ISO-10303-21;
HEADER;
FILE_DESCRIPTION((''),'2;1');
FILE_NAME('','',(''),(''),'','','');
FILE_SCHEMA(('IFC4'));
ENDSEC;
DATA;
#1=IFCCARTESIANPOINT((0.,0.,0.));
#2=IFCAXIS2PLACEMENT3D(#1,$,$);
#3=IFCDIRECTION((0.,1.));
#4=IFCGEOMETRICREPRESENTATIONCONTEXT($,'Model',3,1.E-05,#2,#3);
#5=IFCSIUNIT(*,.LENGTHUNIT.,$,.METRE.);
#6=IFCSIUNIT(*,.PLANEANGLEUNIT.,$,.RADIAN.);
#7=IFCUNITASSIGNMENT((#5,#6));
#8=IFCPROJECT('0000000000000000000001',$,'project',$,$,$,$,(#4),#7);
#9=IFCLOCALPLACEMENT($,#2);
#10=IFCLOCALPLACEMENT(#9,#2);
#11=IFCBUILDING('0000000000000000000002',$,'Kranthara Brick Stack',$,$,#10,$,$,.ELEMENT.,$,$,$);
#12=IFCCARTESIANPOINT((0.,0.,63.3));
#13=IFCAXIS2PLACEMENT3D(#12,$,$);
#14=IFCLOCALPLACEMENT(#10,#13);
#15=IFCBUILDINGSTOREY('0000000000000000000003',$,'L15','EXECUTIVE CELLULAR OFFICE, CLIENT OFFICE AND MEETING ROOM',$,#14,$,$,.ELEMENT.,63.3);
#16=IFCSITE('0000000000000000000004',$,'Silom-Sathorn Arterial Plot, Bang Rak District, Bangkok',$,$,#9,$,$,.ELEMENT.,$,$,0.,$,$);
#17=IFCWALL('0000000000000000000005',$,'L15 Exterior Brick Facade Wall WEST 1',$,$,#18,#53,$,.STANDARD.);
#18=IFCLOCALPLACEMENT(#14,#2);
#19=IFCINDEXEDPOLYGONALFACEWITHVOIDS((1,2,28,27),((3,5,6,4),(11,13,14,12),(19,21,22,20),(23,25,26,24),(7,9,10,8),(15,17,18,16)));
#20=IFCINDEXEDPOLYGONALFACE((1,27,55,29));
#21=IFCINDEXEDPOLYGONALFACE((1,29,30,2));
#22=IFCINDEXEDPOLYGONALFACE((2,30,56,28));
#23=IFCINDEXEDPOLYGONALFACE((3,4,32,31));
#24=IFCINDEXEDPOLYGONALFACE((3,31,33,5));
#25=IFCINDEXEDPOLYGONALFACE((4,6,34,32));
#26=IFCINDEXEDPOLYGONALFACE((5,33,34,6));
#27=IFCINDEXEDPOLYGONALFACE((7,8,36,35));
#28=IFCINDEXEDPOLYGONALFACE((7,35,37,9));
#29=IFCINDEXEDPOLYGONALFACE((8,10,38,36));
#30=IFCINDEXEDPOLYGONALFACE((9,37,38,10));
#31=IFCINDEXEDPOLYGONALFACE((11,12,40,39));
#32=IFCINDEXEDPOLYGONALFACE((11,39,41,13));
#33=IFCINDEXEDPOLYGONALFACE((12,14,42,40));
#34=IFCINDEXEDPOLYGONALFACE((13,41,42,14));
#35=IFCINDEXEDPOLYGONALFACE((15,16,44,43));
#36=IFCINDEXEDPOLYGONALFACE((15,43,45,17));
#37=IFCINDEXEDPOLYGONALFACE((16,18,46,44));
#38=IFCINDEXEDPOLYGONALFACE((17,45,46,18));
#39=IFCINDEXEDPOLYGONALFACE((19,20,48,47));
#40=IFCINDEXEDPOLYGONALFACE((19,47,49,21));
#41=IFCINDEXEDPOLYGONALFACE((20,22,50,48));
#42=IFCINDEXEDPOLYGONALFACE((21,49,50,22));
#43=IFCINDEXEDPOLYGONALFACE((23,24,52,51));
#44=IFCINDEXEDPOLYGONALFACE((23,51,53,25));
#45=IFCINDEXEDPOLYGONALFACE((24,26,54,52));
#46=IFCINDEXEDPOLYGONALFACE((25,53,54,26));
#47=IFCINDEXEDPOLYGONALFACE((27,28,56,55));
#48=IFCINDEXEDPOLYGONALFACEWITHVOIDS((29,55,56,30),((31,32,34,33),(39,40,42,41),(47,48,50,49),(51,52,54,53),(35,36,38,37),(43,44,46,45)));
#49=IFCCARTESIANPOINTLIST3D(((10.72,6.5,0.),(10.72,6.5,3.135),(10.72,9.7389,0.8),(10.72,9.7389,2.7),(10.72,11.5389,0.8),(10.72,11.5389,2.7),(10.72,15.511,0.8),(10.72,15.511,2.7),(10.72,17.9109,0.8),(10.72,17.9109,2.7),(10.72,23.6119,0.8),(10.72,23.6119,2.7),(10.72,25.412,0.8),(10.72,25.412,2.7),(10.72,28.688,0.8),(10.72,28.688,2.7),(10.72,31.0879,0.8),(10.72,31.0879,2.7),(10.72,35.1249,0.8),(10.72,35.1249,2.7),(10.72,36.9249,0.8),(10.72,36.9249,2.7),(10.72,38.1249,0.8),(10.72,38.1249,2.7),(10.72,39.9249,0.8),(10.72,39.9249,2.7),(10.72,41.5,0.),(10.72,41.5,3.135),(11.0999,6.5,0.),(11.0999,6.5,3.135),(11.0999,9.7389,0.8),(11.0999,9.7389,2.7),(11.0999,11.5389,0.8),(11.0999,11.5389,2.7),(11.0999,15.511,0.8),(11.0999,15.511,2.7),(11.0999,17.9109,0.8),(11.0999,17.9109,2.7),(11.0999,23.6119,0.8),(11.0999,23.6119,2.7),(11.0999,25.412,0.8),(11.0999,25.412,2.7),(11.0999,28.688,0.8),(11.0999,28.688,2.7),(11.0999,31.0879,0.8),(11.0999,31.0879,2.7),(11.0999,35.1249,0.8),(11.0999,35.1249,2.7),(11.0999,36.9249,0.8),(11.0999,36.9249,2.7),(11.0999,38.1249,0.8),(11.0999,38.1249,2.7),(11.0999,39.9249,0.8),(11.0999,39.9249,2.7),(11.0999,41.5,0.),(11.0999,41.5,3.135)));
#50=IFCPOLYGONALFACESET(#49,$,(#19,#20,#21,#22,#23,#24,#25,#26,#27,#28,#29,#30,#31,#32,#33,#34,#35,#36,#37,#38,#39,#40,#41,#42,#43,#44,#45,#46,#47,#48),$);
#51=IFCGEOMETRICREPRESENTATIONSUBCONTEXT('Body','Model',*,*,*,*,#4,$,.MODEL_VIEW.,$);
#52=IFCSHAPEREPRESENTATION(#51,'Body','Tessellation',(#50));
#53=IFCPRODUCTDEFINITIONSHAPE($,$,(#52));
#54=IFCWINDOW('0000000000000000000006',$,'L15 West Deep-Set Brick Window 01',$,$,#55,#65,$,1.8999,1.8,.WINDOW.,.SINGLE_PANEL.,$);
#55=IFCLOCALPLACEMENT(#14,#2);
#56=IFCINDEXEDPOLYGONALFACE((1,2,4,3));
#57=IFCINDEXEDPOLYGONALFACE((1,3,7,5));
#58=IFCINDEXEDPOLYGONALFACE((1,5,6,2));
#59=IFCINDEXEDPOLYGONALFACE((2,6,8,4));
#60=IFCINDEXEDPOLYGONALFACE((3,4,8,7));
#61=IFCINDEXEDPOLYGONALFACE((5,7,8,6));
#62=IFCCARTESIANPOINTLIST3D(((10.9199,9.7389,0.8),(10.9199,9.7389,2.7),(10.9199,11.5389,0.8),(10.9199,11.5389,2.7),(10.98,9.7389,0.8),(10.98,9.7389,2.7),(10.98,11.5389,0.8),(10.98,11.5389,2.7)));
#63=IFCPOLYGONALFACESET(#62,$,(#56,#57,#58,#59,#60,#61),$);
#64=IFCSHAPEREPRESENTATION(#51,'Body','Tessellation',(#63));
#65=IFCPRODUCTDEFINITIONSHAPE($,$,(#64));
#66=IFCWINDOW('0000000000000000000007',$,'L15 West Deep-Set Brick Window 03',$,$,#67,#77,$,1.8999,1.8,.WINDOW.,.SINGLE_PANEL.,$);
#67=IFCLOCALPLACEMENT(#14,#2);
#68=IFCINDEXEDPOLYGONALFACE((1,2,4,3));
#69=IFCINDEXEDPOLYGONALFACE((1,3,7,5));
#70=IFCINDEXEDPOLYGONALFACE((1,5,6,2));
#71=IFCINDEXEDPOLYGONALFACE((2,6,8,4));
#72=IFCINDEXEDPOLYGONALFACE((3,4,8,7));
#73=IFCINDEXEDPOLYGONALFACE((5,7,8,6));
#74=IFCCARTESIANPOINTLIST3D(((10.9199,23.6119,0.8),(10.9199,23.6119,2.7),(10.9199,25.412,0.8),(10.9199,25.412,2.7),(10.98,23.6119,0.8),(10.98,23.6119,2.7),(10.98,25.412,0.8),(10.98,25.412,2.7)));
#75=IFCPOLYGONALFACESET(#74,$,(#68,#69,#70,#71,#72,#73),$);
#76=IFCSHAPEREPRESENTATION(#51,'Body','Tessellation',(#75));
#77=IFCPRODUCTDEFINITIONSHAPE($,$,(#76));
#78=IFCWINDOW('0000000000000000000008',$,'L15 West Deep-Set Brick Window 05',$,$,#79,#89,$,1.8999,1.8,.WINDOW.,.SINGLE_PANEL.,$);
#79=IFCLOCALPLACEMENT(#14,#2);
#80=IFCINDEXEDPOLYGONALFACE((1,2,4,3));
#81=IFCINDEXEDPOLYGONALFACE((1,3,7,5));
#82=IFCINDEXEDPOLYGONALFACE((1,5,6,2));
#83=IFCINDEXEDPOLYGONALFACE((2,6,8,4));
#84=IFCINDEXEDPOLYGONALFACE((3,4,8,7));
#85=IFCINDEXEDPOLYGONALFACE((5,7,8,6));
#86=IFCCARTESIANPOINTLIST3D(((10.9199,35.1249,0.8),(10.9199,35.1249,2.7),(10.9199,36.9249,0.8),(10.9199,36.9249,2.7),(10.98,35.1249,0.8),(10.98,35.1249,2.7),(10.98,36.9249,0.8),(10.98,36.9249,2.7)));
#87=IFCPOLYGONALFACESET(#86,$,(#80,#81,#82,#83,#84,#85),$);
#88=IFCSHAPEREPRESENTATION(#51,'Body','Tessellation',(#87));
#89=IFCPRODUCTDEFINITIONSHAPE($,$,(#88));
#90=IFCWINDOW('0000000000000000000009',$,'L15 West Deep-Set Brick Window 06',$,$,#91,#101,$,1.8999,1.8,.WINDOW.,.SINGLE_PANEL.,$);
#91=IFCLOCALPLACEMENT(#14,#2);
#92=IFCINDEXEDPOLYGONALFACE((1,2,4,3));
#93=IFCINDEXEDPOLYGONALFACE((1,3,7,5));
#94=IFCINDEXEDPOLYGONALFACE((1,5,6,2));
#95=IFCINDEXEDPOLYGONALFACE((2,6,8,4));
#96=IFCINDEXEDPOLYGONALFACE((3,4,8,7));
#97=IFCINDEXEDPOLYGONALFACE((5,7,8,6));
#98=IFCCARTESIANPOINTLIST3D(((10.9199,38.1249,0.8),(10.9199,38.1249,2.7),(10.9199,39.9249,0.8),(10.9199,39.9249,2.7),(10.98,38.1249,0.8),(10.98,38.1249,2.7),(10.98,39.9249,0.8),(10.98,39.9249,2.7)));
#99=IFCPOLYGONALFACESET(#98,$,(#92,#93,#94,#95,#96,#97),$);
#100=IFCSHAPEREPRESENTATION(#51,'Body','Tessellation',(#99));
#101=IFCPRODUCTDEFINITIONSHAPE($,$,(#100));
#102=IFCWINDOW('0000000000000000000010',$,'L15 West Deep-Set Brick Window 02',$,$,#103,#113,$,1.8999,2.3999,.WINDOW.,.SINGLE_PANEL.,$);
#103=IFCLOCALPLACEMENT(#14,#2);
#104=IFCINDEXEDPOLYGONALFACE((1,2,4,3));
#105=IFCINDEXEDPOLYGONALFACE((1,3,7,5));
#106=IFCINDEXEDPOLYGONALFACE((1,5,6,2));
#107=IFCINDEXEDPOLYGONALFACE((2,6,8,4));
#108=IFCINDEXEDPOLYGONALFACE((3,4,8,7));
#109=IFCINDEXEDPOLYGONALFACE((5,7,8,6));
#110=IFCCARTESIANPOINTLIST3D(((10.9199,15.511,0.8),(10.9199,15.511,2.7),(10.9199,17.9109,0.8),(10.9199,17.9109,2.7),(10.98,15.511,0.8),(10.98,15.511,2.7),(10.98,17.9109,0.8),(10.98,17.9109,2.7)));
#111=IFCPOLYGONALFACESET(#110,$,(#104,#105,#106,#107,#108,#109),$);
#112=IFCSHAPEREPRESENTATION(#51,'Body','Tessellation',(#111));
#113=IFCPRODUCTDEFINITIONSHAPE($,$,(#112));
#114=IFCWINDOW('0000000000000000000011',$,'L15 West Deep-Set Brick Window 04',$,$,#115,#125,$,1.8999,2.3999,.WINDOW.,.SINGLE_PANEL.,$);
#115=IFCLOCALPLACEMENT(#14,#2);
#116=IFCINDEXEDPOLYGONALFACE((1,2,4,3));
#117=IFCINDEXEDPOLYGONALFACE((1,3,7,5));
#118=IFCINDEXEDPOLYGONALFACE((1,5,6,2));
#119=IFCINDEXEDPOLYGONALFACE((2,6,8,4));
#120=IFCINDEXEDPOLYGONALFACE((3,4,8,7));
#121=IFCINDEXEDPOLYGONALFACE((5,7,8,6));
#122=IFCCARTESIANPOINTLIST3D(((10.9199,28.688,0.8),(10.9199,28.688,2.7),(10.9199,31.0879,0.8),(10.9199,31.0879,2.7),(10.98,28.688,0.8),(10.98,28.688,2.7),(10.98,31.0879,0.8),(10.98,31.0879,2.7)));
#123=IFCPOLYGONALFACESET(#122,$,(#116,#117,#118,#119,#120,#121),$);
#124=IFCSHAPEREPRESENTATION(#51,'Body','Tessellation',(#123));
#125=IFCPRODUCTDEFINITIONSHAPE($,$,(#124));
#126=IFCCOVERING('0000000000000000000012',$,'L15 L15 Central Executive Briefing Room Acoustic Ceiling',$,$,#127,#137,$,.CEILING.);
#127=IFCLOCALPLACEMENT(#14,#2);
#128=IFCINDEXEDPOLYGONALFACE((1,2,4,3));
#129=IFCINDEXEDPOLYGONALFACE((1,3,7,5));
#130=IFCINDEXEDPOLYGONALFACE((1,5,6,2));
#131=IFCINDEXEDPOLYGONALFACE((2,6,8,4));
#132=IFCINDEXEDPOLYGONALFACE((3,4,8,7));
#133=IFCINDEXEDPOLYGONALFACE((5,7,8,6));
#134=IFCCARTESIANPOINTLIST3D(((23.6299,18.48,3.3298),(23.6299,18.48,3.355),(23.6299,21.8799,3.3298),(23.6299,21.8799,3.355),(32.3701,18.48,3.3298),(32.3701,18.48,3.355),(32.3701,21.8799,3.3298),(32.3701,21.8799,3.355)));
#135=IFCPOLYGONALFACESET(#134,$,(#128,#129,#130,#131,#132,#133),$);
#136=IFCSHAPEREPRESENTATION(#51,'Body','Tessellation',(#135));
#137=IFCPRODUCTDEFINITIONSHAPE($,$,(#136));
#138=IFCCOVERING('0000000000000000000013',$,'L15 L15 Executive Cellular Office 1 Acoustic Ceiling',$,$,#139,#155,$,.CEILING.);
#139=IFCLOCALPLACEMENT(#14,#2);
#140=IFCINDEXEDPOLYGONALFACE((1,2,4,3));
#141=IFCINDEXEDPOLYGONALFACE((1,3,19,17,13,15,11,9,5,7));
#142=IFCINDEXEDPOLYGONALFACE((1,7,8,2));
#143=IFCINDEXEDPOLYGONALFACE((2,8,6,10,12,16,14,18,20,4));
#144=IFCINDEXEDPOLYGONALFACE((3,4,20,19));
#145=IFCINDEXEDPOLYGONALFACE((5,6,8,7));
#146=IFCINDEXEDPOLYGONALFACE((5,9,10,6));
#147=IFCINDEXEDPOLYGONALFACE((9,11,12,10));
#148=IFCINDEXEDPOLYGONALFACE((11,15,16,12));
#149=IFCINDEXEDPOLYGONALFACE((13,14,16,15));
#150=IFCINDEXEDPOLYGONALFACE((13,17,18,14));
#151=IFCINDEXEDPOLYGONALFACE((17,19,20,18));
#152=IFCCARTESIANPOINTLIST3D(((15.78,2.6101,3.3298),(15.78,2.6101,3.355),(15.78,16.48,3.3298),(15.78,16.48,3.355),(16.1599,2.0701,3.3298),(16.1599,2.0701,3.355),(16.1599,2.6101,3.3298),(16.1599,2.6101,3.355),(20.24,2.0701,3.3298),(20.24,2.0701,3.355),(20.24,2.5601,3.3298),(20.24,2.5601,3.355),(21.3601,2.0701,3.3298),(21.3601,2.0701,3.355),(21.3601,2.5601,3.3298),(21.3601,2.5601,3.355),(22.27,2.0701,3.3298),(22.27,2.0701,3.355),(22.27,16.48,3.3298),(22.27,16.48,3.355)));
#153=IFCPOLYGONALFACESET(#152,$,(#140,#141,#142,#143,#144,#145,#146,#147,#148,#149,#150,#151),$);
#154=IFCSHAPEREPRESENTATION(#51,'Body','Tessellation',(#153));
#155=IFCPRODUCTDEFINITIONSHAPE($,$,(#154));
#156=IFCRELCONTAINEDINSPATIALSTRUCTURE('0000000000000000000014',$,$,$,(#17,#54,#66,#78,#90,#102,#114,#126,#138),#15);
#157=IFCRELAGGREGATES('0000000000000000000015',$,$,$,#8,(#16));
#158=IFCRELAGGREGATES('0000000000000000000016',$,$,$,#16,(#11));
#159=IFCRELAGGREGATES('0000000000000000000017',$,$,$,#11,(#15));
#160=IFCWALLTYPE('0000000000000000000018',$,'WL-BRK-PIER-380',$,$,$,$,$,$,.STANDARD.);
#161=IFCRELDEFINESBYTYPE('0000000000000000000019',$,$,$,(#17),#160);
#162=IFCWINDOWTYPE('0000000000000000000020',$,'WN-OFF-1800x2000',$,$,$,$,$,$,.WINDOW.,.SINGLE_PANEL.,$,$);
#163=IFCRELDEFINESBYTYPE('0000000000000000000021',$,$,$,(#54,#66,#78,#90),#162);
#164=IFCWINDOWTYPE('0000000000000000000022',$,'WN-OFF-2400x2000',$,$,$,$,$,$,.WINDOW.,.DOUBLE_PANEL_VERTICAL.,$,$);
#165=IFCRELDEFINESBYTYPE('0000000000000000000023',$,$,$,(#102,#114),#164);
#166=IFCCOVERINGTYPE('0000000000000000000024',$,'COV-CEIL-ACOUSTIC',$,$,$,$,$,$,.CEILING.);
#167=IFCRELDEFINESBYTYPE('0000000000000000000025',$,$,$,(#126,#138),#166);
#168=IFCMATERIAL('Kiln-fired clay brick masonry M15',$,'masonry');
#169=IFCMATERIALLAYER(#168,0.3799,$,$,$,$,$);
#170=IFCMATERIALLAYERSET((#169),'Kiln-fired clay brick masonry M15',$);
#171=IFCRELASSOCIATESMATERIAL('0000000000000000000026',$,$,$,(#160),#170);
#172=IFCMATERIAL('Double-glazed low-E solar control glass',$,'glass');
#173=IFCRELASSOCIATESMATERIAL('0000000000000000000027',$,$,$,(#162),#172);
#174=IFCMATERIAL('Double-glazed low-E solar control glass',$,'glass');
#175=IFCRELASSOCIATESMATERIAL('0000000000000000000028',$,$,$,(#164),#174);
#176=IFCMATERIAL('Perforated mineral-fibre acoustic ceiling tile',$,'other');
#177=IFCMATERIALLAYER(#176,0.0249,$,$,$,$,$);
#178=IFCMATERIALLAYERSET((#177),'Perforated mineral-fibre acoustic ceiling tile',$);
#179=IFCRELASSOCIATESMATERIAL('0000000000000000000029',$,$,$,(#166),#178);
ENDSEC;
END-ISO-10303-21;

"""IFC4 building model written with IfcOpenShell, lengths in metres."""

from ifc_helpers import new_model, si_unit, direction, frame, frame_2d, origin, place, context, subcontext, project, spatial, polyline, rectangle, outline, extrude, material, layer, layer_set, type_object, element, fill, save


model = new_model("IFC4")

# Units and contexts
model_context = context("Model", 3, precision=1e-05, world=origin(), true_north=direction((0.0, 1.0)))
body_context = subcontext(model_context, "Body", "Model", "MODEL_VIEW")
ifc_project = project(units=[si_unit("LENGTHUNIT", "METRE"), si_unit("PLANEANGLEUNIT", "RADIAN")], contexts=[model_context])

# Site, building, storey
site_placement = place(None, origin())
site = spatial("IfcSite", under=ifc_project, at=site_placement, Name="Silom-Sathorn Arterial Plot, Bang Rak District, Bangkok", CompositionType="ELEMENT", RefElevation=0.0)
building_placement = place(site_placement, origin())
building = spatial("IfcBuilding", under=site, at=building_placement, Name="Kranthara Brick Stack", CompositionType="ELEMENT")
storey_placement = place(building_placement, frame((0.0, 0.0, 63.3)))
storey = spatial("IfcBuildingStorey", under=building, at=storey_placement, Name="L15", Description="EXECUTIVE CELLULAR OFFICE, CLIENT OFFICE AND MEETING ROOM", CompositionType="ELEMENT", Elevation=63.3)

# Wall, openings, windows
ifc_material_1 = material(Name="Kiln-fired clay brick masonry M15", Category="masonry")
ifc_layer_1 = layer(ifc_material_1, 0.3799)
ifc_layer_set_1 = layer_set([ifc_layer_1], Name="Kiln-fired clay brick masonry M15")
wall_type = type_object("IfcWallType", Name="WL-BRK-PIER-380", PredefinedType="STANDARD", material=ifc_layer_set_1)
wall_placement = place(storey_placement, frame((10.9099, 6.5, 0.0), z_axis=(0.0, 0.0, 1.0), x_axis=(0.0, 1.0, 0.0)))
wall = element("IfcWall", 1, at=wall_placement, inside=storey, type_object=wall_type, Name="L15 Exterior Brick Facade Wall WEST 1", PredefinedType="STANDARD", context=body_context, shape_type="SweptSolid", body=[
    extrude(rectangle(XDim=35.0, YDim=0.3799, at=frame_2d((17.5, 0.0))), origin(), (0.0, 0.0, 1.0), 3.135),
])
opening_1_placement = place(wall_placement, frame((3.239, 0.0, 0.8)))
opening_1 = element("IfcOpeningElement", 2, at=opening_1_placement, cuts=wall, PredefinedType="OPENING", context=body_context, shape_type="SweptSolid", body=[
    extrude(rectangle(XDim=1.8, YDim=1.8999, at=frame_2d((0.8999, 0.95))), frame((0.0, 0.2, 0.0), z_axis=(0.0, -1.0, 0.0), x_axis=(1.0, 0.0, 0.0)), (0.0, 0.0, 1.0), 0.3999),
])
opening_2_placement = place(wall_placement, frame((9.011, 0.0, 0.8)))
opening_2 = element("IfcOpeningElement", 3, at=opening_2_placement, cuts=wall, PredefinedType="OPENING", context=body_context, shape_type="SweptSolid", body=[
    extrude(rectangle(XDim=2.3999, YDim=1.8999, at=frame_2d((1.2, 0.95))), frame((0.0, 0.2, 0.0), z_axis=(0.0, -1.0, 0.0), x_axis=(1.0, 0.0, 0.0)), (0.0, 0.0, 1.0), 0.3999),
])
opening_3_placement = place(wall_placement, frame((17.1121, 0.0, 0.8)))
opening_3 = element("IfcOpeningElement", 4, at=opening_3_placement, cuts=wall, PredefinedType="OPENING", context=body_context, shape_type="SweptSolid", body=[
    extrude(rectangle(XDim=1.8, YDim=1.8999, at=frame_2d((0.8999, 0.95))), frame((0.0, 0.2, 0.0), z_axis=(0.0, -1.0, 0.0), x_axis=(1.0, 0.0, 0.0)), (0.0, 0.0, 1.0), 0.3999),
])
opening_4_placement = place(wall_placement, frame((22.188, 0.0, 0.8)))
opening_4 = element("IfcOpeningElement", 5, at=opening_4_placement, cuts=wall, PredefinedType="OPENING", context=body_context, shape_type="SweptSolid", body=[
    extrude(rectangle(XDim=2.3999, YDim=1.8999, at=frame_2d((1.2, 0.95))), frame((0.0, 0.2, 0.0), z_axis=(0.0, -1.0, 0.0), x_axis=(1.0, 0.0, 0.0)), (0.0, 0.0, 1.0), 0.3999),
])
opening_5_placement = place(wall_placement, frame((28.625, 0.0, 0.8)))
opening_5 = element("IfcOpeningElement", 6, at=opening_5_placement, cuts=wall, PredefinedType="OPENING", context=body_context, shape_type="SweptSolid", body=[
    extrude(rectangle(XDim=1.8, YDim=1.8999, at=frame_2d((0.8999, 0.95))), frame((0.0, 0.2, 0.0), z_axis=(0.0, -1.0, 0.0), x_axis=(1.0, 0.0, 0.0)), (0.0, 0.0, 1.0), 0.3999),
])
opening_6_placement = place(wall_placement, frame((31.625, 0.0, 0.8)))
opening_6 = element("IfcOpeningElement", 7, at=opening_6_placement, cuts=wall, PredefinedType="OPENING", context=body_context, shape_type="SweptSolid", body=[
    extrude(rectangle(XDim=1.8, YDim=1.8999, at=frame_2d((0.8999, 0.95))), frame((0.0, 0.2, 0.0), z_axis=(0.0, -1.0, 0.0), x_axis=(1.0, 0.0, 0.0)), (0.0, 0.0, 1.0), 0.3999),
])
ifc_material_2 = material(Name="Double-glazed low-E solar control glass", Category="glass")
window_type_1 = type_object("IfcWindowType", Name="WN-OFF-1800x2000", PartitioningType="SINGLE_PANEL", PredefinedType="WINDOW", material=ifc_material_2)
window_1_placement = place(opening_1_placement, origin())
window_1 = element("IfcWindow", 8, at=window_1_placement, inside=storey, type_object=window_type_1, Name="L15 West Deep-Set Brick Window 01", OverallHeight=1.8999, OverallWidth=1.8, PartitioningType="SINGLE_PANEL", PredefinedType="WINDOW", context=body_context, shape_type="SweptSolid", body=[
    extrude(rectangle(XDim=1.8, YDim=1.8999, at=frame_2d((0.8999, 0.95))), frame((0.0, -0.01, 0.0), z_axis=(0.0, -1.0, 0.0), x_axis=(1.0, 0.0, 0.0)), (0.0, 0.0, 1.0), 0.0601),
])
fill(opening_1, window_1)
window_2_placement = place(opening_3_placement, origin())
window_2 = element("IfcWindow", 9, at=window_2_placement, inside=storey, type_object=window_type_1, Name="L15 West Deep-Set Brick Window 03", OverallHeight=1.8999, OverallWidth=1.8, PartitioningType="SINGLE_PANEL", PredefinedType="WINDOW", context=body_context, shape_type="SweptSolid", body=[
    extrude(rectangle(XDim=1.8, YDim=1.8999, at=frame_2d((0.8999, 0.95))), frame((0.0, -0.01, 0.0), z_axis=(0.0, -1.0, 0.0), x_axis=(1.0, 0.0, 0.0)), (0.0, 0.0, 1.0), 0.0601),
])
fill(opening_3, window_2)
window_3_placement = place(opening_5_placement, origin())
window_3 = element("IfcWindow", 10, at=window_3_placement, inside=storey, type_object=window_type_1, Name="L15 West Deep-Set Brick Window 05", OverallHeight=1.8999, OverallWidth=1.8, PartitioningType="SINGLE_PANEL", PredefinedType="WINDOW", context=body_context, shape_type="SweptSolid", body=[
    extrude(rectangle(XDim=1.8, YDim=1.8999, at=frame_2d((0.8999, 0.95))), frame((0.0, -0.01, 0.0), z_axis=(0.0, -1.0, 0.0), x_axis=(1.0, 0.0, 0.0)), (0.0, 0.0, 1.0), 0.0601),
])
fill(opening_5, window_3)
window_4_placement = place(opening_6_placement, origin())
window_4 = element("IfcWindow", 11, at=window_4_placement, inside=storey, type_object=window_type_1, Name="L15 West Deep-Set Brick Window 06", OverallHeight=1.8999, OverallWidth=1.8, PartitioningType="SINGLE_PANEL", PredefinedType="WINDOW", context=body_context, shape_type="SweptSolid", body=[
    extrude(rectangle(XDim=1.8, YDim=1.8999, at=frame_2d((0.8999, 0.95))), frame((0.0, -0.01, 0.0), z_axis=(0.0, -1.0, 0.0), x_axis=(1.0, 0.0, 0.0)), (0.0, 0.0, 1.0), 0.0601),
])
fill(opening_6, window_4)
ifc_material_3 = material(Name="Double-glazed low-E solar control glass", Category="glass")
window_type_2 = type_object("IfcWindowType", Name="WN-OFF-2400x2000", PartitioningType="DOUBLE_PANEL_VERTICAL", PredefinedType="WINDOW", material=ifc_material_3)
window_5_placement = place(opening_2_placement, origin())
window_5 = element("IfcWindow", 12, at=window_5_placement, inside=storey, type_object=window_type_2, Name="L15 West Deep-Set Brick Window 02", OverallHeight=1.8999, OverallWidth=2.3999, PartitioningType="SINGLE_PANEL", PredefinedType="WINDOW", context=body_context, shape_type="SweptSolid", body=[
    extrude(rectangle(XDim=2.3999, YDim=1.8999, at=frame_2d((1.2, 0.95))), frame((0.0, -0.01, 0.0), z_axis=(0.0, -1.0, 0.0), x_axis=(1.0, 0.0, 0.0)), (0.0, 0.0, 1.0), 0.0601),
])
fill(opening_2, window_5)
window_6_placement = place(opening_4_placement, origin())
window_6 = element("IfcWindow", 13, at=window_6_placement, inside=storey, type_object=window_type_2, Name="L15 West Deep-Set Brick Window 04", OverallHeight=1.8999, OverallWidth=2.3999, PartitioningType="SINGLE_PANEL", PredefinedType="WINDOW", context=body_context, shape_type="SweptSolid", body=[
    extrude(rectangle(XDim=2.3999, YDim=1.8999, at=frame_2d((1.2, 0.95))), frame((0.0, -0.01, 0.0), z_axis=(0.0, -1.0, 0.0), x_axis=(1.0, 0.0, 0.0)), (0.0, 0.0, 1.0), 0.0601),
])
fill(opening_4, window_6)

# Coverings
ifc_material_4 = material(Name="Perforated mineral-fibre acoustic ceiling tile", Category="other")
ifc_layer_2 = layer(ifc_material_4, 0.0249)
ifc_layer_set_2 = layer_set([ifc_layer_2], Name="Perforated mineral-fibre acoustic ceiling tile")
covering_type_1 = type_object("IfcCoveringType", Name="COV-CEIL-ACOUSTIC", PredefinedType="CEILING", material=ifc_layer_set_2)
covering_1_placement = place(storey_placement, frame((0.0, 0.0, 3.3298)))
element("IfcCovering", 14, at=covering_1_placement, inside=storey, type_object=covering_type_1, Name="L15 L15 Central Executive Briefing Room Acoustic Ceiling", PredefinedType="CEILING", context=body_context, shape_type="SweptSolid", body=[
    extrude(outline(polyline([(32.3701, 18.48), (32.3701, 21.8799), (23.6299, 21.8799), (23.6299, 18.48), (32.3701, 18.48)])), origin(), (0.0, 0.0, 1.0), 0.0251),
])
covering_2_placement = place(storey_placement, frame((0.0, 0.0, 3.3298)))
element("IfcCovering", 15, at=covering_2_placement, inside=storey, type_object=covering_type_1, Name="L15 L15 Executive Cellular Office 1 Acoustic Ceiling", PredefinedType="CEILING", context=body_context, shape_type="SweptSolid", body=[
    extrude(outline(polyline([(22.27, 16.48), (22.27, 2.0701), (21.3601, 2.0701), (21.3601, 2.5601), (20.24, 2.5601), (20.24, 2.0701), (16.1599, 2.0701), (16.1599, 2.6101), (15.78, 2.6101), (15.78, 16.48), (22.27, 16.48)])), origin(), (0.0, 0.0, 1.0), 0.0251),
])

save(model, "model.ifc")
